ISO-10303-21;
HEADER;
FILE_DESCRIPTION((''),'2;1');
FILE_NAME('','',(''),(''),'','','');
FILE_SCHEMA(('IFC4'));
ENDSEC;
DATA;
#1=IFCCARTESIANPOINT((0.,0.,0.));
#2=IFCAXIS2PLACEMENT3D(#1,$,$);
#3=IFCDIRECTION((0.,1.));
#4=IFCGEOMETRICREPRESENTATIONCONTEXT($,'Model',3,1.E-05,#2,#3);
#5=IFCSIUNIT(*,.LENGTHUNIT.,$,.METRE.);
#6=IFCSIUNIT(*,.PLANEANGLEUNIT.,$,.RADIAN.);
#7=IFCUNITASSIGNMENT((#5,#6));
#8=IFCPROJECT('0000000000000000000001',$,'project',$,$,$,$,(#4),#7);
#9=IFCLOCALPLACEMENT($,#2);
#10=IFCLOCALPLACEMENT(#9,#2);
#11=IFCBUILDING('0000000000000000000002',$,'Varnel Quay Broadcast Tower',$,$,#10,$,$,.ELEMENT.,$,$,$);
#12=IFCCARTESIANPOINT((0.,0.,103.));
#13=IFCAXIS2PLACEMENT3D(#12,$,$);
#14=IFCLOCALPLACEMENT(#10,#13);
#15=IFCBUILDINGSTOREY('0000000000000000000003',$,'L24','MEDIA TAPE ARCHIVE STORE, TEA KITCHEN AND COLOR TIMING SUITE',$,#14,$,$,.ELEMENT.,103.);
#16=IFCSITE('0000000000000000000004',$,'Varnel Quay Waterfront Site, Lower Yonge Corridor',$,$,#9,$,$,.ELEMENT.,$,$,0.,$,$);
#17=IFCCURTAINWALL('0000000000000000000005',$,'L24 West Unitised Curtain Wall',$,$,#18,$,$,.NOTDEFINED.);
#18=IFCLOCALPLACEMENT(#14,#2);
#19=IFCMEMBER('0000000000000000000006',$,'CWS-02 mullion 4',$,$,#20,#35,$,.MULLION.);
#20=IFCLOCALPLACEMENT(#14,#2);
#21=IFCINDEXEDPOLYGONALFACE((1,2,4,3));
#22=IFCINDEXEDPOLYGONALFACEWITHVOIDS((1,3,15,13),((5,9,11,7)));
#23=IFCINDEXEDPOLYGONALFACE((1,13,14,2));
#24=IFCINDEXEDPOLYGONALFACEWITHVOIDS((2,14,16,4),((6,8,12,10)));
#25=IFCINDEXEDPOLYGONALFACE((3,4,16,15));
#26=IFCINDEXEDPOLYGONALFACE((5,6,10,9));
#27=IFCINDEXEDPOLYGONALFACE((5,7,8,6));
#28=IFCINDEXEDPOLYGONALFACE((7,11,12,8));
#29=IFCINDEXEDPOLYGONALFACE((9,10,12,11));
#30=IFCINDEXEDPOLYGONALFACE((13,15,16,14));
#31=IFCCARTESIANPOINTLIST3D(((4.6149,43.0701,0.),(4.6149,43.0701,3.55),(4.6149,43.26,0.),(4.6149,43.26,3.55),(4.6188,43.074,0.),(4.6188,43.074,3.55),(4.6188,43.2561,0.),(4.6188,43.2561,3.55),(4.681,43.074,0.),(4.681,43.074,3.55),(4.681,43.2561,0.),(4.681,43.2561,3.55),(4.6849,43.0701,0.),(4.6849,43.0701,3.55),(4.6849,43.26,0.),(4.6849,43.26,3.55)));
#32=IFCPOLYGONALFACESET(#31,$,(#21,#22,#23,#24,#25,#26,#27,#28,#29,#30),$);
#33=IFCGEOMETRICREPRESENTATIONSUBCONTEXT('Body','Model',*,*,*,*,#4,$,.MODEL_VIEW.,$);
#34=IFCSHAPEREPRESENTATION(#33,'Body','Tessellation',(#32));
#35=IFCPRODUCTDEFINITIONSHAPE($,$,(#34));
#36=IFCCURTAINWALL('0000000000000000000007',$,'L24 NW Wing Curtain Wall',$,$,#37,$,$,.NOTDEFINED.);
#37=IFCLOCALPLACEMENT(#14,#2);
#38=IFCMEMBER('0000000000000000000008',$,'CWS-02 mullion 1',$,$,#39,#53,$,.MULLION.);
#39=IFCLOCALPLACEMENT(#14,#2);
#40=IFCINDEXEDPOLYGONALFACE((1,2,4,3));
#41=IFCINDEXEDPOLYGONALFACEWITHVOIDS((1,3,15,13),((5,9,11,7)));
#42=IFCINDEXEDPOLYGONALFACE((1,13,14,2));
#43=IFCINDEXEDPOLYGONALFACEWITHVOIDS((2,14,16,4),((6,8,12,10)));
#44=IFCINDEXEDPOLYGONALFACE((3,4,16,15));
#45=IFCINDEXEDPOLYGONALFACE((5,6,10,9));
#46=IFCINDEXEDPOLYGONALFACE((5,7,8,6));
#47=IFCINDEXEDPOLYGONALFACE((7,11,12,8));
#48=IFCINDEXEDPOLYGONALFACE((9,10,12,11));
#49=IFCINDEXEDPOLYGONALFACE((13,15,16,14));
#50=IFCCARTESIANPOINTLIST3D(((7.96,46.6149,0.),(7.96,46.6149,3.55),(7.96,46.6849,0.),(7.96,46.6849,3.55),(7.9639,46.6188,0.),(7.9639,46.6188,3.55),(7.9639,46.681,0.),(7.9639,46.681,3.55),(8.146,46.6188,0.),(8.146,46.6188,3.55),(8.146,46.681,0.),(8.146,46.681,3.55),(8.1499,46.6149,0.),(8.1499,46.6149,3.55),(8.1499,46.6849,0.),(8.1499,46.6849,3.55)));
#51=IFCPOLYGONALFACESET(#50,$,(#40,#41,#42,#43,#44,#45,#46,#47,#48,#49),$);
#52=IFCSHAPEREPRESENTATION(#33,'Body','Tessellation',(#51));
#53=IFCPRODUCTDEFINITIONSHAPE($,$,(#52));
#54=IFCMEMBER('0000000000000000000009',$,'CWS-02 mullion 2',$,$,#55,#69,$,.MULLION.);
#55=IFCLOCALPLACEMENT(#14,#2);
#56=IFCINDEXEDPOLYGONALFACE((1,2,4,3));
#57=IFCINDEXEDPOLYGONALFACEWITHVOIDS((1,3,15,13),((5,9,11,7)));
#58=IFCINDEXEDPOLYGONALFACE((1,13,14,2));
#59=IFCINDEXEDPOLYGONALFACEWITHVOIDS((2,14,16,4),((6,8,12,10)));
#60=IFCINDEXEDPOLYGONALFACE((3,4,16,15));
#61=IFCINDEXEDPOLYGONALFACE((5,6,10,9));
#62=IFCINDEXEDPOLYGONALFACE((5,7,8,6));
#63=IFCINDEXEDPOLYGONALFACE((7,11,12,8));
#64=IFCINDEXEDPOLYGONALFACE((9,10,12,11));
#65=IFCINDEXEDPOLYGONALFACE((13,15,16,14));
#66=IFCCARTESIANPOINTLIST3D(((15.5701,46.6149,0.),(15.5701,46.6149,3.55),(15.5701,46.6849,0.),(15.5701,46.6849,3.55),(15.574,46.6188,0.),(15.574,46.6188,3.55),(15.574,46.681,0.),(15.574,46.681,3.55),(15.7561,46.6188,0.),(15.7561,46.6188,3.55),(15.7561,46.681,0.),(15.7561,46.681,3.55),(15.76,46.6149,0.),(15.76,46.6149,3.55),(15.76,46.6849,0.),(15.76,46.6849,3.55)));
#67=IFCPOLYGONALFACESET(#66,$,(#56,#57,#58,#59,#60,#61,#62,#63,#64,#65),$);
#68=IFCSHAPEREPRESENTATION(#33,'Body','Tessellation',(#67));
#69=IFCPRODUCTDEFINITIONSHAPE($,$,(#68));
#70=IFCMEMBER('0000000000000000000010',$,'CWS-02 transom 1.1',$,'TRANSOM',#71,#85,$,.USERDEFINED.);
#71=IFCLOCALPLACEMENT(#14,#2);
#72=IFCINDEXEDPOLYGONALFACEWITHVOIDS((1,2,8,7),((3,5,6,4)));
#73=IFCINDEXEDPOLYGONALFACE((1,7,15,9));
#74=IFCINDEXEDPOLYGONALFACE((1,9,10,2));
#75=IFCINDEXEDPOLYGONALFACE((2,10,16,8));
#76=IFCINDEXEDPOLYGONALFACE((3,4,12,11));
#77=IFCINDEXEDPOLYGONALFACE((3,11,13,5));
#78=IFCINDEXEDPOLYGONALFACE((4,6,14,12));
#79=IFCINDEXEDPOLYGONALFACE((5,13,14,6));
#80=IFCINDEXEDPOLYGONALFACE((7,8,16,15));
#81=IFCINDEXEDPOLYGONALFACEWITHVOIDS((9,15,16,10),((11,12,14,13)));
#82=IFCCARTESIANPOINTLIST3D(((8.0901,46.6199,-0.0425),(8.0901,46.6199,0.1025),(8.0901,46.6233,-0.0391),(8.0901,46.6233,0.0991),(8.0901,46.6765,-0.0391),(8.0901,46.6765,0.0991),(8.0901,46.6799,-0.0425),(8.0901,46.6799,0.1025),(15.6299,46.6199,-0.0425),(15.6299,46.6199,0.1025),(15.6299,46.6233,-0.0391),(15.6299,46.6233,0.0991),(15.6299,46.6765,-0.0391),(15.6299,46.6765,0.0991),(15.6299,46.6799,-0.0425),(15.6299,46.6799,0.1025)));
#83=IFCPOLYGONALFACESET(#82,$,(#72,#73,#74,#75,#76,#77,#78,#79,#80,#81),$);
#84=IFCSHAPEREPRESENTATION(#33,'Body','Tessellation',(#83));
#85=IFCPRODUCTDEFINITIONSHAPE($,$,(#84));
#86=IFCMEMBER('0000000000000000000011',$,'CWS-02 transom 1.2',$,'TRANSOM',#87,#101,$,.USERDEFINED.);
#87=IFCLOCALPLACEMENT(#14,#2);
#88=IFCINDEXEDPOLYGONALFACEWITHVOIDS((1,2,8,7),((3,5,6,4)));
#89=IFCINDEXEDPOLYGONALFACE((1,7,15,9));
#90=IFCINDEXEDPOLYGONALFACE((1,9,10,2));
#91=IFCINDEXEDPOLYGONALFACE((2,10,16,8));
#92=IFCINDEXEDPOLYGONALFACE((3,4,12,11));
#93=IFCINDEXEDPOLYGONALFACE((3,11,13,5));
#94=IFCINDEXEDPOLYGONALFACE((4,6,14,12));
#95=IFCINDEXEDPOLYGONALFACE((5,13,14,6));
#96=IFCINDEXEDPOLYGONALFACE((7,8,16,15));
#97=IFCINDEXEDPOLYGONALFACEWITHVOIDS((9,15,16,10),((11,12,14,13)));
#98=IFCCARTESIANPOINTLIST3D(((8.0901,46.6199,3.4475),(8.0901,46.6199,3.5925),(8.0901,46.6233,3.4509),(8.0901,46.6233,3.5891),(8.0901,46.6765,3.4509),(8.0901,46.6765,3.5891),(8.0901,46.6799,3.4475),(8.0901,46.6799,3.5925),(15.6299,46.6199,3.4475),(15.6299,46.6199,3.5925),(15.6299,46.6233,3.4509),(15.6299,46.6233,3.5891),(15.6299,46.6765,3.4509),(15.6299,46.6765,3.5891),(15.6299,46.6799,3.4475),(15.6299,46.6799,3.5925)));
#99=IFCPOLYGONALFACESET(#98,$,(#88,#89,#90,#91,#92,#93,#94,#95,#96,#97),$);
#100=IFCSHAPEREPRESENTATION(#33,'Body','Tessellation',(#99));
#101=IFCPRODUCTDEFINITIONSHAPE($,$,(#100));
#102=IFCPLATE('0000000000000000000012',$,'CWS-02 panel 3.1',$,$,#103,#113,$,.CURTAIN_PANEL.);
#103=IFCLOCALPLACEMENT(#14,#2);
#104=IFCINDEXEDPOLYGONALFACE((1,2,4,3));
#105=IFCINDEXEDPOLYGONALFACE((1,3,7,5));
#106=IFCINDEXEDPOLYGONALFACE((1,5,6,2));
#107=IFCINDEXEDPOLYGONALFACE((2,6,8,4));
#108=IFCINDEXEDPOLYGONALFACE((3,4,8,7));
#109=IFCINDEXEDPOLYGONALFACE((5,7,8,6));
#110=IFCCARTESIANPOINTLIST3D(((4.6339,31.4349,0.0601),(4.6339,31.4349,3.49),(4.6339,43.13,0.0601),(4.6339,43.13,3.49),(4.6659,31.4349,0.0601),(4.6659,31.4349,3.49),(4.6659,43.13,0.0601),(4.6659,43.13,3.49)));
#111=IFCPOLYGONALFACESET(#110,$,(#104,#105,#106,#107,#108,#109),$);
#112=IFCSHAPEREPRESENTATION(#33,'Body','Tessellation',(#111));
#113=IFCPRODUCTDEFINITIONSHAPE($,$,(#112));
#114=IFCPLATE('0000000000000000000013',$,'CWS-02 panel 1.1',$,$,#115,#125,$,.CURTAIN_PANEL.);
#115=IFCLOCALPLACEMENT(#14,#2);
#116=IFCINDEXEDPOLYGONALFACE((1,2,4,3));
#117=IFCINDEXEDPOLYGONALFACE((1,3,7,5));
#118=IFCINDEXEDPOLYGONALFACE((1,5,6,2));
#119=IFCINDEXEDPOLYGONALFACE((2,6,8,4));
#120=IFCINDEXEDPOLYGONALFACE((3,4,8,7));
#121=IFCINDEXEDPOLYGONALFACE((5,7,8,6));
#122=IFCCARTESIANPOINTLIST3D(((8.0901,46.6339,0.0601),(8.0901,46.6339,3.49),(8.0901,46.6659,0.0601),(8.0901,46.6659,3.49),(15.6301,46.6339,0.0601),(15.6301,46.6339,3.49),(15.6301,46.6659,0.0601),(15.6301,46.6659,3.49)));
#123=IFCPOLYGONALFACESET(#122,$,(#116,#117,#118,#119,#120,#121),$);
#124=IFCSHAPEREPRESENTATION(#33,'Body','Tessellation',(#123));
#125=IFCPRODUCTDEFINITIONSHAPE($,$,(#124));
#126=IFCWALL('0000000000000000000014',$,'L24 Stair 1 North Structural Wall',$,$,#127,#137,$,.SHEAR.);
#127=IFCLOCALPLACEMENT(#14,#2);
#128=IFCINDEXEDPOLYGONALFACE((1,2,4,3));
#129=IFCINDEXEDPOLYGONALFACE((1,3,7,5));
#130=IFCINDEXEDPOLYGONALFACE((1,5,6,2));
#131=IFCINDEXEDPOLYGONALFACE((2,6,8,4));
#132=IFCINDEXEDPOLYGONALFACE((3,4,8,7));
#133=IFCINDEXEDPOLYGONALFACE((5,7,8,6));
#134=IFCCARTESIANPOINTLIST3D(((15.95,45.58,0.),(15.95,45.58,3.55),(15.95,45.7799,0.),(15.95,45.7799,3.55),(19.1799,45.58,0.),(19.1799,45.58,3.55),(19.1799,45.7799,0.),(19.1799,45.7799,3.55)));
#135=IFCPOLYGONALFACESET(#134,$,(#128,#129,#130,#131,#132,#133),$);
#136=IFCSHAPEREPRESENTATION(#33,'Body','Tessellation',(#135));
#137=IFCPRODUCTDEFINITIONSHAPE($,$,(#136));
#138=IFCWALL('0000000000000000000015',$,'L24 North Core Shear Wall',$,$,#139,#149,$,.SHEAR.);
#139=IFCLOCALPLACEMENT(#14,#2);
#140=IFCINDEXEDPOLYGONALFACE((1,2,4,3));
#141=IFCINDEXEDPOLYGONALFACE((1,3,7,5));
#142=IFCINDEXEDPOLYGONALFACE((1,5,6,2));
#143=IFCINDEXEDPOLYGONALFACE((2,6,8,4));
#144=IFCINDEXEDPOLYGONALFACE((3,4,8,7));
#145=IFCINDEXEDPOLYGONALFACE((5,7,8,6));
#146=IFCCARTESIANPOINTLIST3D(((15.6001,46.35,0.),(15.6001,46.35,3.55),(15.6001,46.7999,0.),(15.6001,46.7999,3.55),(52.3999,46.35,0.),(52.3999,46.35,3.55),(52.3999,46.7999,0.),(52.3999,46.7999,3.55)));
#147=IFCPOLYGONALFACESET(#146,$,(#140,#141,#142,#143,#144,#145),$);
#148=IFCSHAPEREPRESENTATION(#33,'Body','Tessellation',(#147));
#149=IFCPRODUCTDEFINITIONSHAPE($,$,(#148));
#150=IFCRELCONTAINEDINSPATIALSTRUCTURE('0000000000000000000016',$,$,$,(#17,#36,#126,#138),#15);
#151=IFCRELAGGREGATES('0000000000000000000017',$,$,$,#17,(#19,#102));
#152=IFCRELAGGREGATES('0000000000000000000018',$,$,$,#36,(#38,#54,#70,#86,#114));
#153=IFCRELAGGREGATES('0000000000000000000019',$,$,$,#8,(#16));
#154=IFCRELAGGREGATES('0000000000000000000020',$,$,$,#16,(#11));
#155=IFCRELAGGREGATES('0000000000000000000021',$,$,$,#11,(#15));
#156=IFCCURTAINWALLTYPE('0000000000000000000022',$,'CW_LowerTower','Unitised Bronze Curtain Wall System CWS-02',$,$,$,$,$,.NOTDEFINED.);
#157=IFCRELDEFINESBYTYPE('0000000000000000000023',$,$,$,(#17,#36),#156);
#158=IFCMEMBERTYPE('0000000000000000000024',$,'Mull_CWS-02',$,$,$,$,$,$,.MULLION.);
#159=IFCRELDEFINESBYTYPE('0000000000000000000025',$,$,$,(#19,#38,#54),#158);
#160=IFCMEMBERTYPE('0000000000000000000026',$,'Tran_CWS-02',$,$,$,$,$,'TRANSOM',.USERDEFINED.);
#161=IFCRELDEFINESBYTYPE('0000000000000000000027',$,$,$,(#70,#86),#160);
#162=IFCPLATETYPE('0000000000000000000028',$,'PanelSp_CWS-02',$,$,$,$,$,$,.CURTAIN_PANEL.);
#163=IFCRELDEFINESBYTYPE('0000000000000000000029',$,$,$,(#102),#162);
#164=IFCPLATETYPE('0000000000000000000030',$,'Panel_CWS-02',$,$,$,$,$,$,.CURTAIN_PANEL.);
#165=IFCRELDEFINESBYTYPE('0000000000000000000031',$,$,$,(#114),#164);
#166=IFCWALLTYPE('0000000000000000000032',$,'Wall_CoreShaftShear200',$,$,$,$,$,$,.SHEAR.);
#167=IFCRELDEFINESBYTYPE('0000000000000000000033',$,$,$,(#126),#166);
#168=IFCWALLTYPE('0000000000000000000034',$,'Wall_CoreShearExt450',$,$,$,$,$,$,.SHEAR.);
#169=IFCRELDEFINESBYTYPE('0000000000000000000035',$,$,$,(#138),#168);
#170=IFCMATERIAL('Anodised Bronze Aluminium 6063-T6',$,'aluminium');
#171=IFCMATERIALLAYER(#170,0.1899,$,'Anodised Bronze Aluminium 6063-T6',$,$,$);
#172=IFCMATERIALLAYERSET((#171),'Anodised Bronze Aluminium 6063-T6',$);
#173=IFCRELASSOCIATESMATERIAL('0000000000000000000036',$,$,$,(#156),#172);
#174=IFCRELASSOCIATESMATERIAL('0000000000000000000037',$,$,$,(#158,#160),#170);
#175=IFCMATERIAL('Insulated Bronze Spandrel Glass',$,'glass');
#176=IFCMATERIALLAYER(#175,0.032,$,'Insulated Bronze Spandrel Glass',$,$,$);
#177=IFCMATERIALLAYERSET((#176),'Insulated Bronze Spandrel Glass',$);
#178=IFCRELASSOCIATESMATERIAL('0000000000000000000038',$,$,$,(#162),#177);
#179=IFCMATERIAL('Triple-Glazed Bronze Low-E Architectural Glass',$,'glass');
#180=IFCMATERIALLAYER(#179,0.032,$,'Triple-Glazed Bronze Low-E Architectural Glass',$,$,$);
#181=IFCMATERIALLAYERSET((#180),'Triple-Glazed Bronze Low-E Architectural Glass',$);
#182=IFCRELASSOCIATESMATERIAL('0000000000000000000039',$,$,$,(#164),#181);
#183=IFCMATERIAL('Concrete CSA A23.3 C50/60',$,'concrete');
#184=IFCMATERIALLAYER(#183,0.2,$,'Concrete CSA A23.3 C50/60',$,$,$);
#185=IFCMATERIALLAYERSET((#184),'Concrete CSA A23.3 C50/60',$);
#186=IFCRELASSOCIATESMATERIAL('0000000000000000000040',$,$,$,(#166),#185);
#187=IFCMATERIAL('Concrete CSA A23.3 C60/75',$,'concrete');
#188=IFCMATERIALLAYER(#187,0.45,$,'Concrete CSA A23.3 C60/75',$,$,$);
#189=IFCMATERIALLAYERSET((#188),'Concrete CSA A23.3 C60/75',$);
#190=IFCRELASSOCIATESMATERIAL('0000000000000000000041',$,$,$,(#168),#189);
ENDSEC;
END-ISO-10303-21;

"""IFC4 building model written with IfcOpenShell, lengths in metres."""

from ifc_helpers import new_model, si_unit, direction, frame, frame_2d, origin, origin_2d, place, context, subcontext, project, spatial, rectangle, hollow_rectangle, extrude, source, transform, mapped, material, layer, layer_set, material_profile, profile_set, type_object, type_shapes, element, aggregate, save


model = new_model("IFC4")

# Units and contexts
model_context = context("Model", 3, precision=1e-05, world=origin(), true_north=direction((0.0, 1.0)))
body_context = subcontext(model_context, "Body", "Model", "MODEL_VIEW")
ifc_project = project(units=[si_unit("LENGTHUNIT", "METRE"), si_unit("PLANEANGLEUNIT", "RADIAN")], contexts=[model_context])

# Site, building, storey
site_placement = place(None, origin())
site = spatial("IfcSite", under=ifc_project, at=site_placement, Name="Varnel Quay Waterfront Site, Lower Yonge Corridor", CompositionType="ELEMENT", RefElevation=0.0)
building_placement = place(site_placement, origin())
building = spatial("IfcBuilding", under=site, at=building_placement, Name="Varnel Quay Broadcast Tower", CompositionType="ELEMENT")
storey_placement = place(building_placement, frame((0.0, 0.0, 103.0)))
storey = spatial("IfcBuildingStorey", under=building, at=storey_placement, Name="L24", Description="MEDIA TAPE ARCHIVE STORE, TEA KITCHEN AND COLOR TIMING SUITE", CompositionType="ELEMENT", Elevation=103.0)

# Curtain wall, member
ifc_material_1 = material(Name="Anodised Bronze Aluminium 6063-T6", Category="aluminium")
ifc_layer_1 = layer(ifc_material_1, 0.1899, Name="Anodised Bronze Aluminium 6063-T6")
ifc_layer_set_1 = layer_set([ifc_layer_1], Name="Anodised Bronze Aluminium 6063-T6")
curtain_wall_type = type_object("IfcCurtainWallType", Name="CW_LowerTower", Description="Unitised Bronze Curtain Wall System CWS-02", PredefinedType="NOTDEFINED", material=ifc_layer_set_1)
curtain_wall_1_placement = place(storey_placement, origin())
curtain_wall_1 = element("IfcCurtainWall", 1, at=curtain_wall_1_placement, inside=storey, type_object=curtain_wall_type, Name="L24 West Unitised Curtain Wall", PredefinedType="NOTDEFINED")
ifc_material_profile_1 = material_profile(ifc_material_1, hollow_rectangle(XDim=0.0701, YDim=0.1899, WallThickness=0.0039, at=origin_2d()), Name="ALU70X190X4")
ifc_profile_set_1 = profile_set([ifc_material_profile_1], Name="Anodised Bronze Aluminium 6063-T6")
member_type_1 = type_object("IfcMemberType", Name="Mull_CWS-02", PredefinedType="MULLION", material=ifc_profile_set_1)
shared_shape_1 = source(origin(), body_context, "Body", "SweptSolid", [
    extrude(hollow_rectangle(XDim=0.0701, YDim=0.1899, WallThickness=0.0039, at=origin_2d()), origin(), (0.0, 0.0, 1.0), 3.55),
])
type_shapes(member_type_1, [shared_shape_1])
member_1_placement = place(storey_placement, frame((4.6499, 43.165, 0.0), z_axis=(0.0, 0.0, 1.0), x_axis=(-1.0, 0.0, 0.0)))
member_1 = element("IfcMember", 2, at=member_1_placement, type_object=member_type_1, Name="CWS-02 mullion 4", PredefinedType="MULLION", context=body_context, shape_type="MappedRepresentation", body=[
    mapped(shared_shape_1, transform((0.0, 0.0, 0.0), x_axis=(1.0, 0.0, 0.0), y_axis=(0.0, 1.0, 0.0), z_axis=(0.0, 0.0, 1.0), scale=1.0)),
])

# Curtain wall, members
curtain_wall_2_placement = place(storey_placement, origin())
curtain_wall_2 = element("IfcCurtainWall", 3, at=curtain_wall_2_placement, inside=storey, type_object=curtain_wall_type, Name="L24 NW Wing Curtain Wall", PredefinedType="NOTDEFINED")
member_2_placement = place(storey_placement, frame((8.0549, 46.6499, 0.0), z_axis=(0.0, 0.0, 1.0), x_axis=(0.0, 1.0, 0.0)))
member_2 = element("IfcMember", 4, at=member_2_placement, type_object=member_type_1, Name="CWS-02 mullion 1", PredefinedType="MULLION", context=body_context, shape_type="MappedRepresentation", body=[
    mapped(shared_shape_1, transform((0.0, 0.0, 0.0), x_axis=(1.0, 0.0, 0.0), y_axis=(0.0, 1.0, 0.0), z_axis=(0.0, 0.0, 1.0), scale=1.0)),
])
member_3_placement = place(storey_placement, frame((15.665, 46.6499, 0.0), z_axis=(0.0, 0.0, 1.0), x_axis=(0.0, 1.0, 0.0)))
member_3 = element("IfcMember", 5, at=member_3_placement, type_object=member_type_1, Name="CWS-02 mullion 2", PredefinedType="MULLION", context=body_context, shape_type="MappedRepresentation", body=[
    mapped(shared_shape_1, transform((0.0, 0.0, 0.0), x_axis=(1.0, 0.0, 0.0), y_axis=(0.0, 1.0, 0.0), z_axis=(0.0, 0.0, 1.0), scale=1.0)),
])
ifc_material_profile_2 = material_profile(ifc_material_1, hollow_rectangle(XDim=0.0601, YDim=0.145, WallThickness=0.0034, at=origin_2d()), Name="ALU60X145X3.5")
ifc_profile_set_2 = profile_set([ifc_material_profile_2], Name="Anodised Bronze Aluminium 6063-T6")
member_type_2 = type_object("IfcMemberType", Name="Tran_CWS-02", ElementType="TRANSOM", PredefinedType="USERDEFINED", material=ifc_profile_set_2)
shared_shape_2 = source(origin(), body_context, "Body", "SweptSolid", [
    extrude(hollow_rectangle(XDim=0.0601, YDim=0.145, WallThickness=0.0034, at=origin_2d()), origin(), (0.0, 0.0, 1.0), 7.5398),
])
type_shapes(member_type_2, [shared_shape_2])
member_4_placement = place(storey_placement, frame((8.0901, 46.6499, 0.03), z_axis=(1.0, 0.0, 0.0), x_axis=(0.0, 1.0, 0.0)))
member_4 = element("IfcMember", 6, at=member_4_placement, type_object=member_type_2, Name="CWS-02 transom 1.1", ObjectType="TRANSOM", PredefinedType="USERDEFINED", context=body_context, shape_type="MappedRepresentation", body=[
    mapped(shared_shape_2, transform((0.0, 0.0, 0.0), x_axis=(1.0, 0.0, 0.0), y_axis=(0.0, 1.0, 0.0), z_axis=(0.0, 0.0, 1.0), scale=1.0)),
])
member_5_placement = place(storey_placement, frame((8.0901, 46.6499, 3.52), z_axis=(1.0, 0.0, 0.0), x_axis=(0.0, 1.0, 0.0)))
member_5 = element("IfcMember", 7, at=member_5_placement, type_object=member_type_2, Name="CWS-02 transom 1.2", ObjectType="TRANSOM", PredefinedType="USERDEFINED", context=body_context, shape_type="MappedRepresentation", body=[
    mapped(shared_shape_2, transform((0.0, 0.0, 0.0), x_axis=(1.0, 0.0, 0.0), y_axis=(0.0, 1.0, 0.0), z_axis=(0.0, 0.0, 1.0), scale=1.0)),
])

# Plates
ifc_material_2 = material(Name="Insulated Bronze Spandrel Glass", Category="glass")
ifc_layer_2 = layer(ifc_material_2, 0.032, Name="Insulated Bronze Spandrel Glass")
ifc_layer_set_2 = layer_set([ifc_layer_2], Name="Insulated Bronze Spandrel Glass")
plate_type_1 = type_object("IfcPlateType", Name="PanelSp_CWS-02", PredefinedType="CURTAIN_PANEL", material=ifc_layer_set_2)
shared_shape_3 = source(origin(), body_context, "Body", "SweptSolid", [
    extrude(rectangle(XDim=11.6951, YDim=0.032, at=origin_2d()), origin(), (0.0, 0.0, 1.0), 3.4299),
])
type_shapes(plate_type_1, [shared_shape_3])
plate_1_placement = place(storey_placement, frame((4.6499, 37.2825, 0.0601), z_axis=(0.0, 0.0, 1.0), x_axis=(0.0, 1.0, 0.0)))
plate_1 = element("IfcPlate", 8, at=plate_1_placement, type_object=plate_type_1, Name="CWS-02 panel 3.1", PredefinedType="CURTAIN_PANEL", context=body_context, shape_type="MappedRepresentation", body=[
    mapped(shared_shape_3, transform((0.0, 0.0, 0.0), x_axis=(1.0, 0.0, 0.0), y_axis=(0.0, 1.0, 0.0), z_axis=(0.0, 0.0, 1.0), scale=1.0)),
])
aggregate(curtain_wall_1, [member_1, plate_1])
ifc_material_3 = material(Name="Triple-Glazed Bronze Low-E Architectural Glass", Category="glass")
ifc_layer_3 = layer(ifc_material_3, 0.032, Name="Triple-Glazed Bronze Low-E Architectural Glass")
ifc_layer_set_3 = layer_set([ifc_layer_3], Name="Triple-Glazed Bronze Low-E Architectural Glass")
plate_type_2 = type_object("IfcPlateType", Name="Panel_CWS-02", PredefinedType="CURTAIN_PANEL", material=ifc_layer_set_3)
shared_shape_4 = source(origin(), body_context, "Body", "SweptSolid", [
    extrude(rectangle(XDim=7.54, YDim=0.032, at=origin_2d()), origin(), (0.0, 0.0, 1.0), 3.4299),
])
type_shapes(plate_type_2, [shared_shape_4])
plate_2_placement = place(storey_placement, frame((11.8601, 46.6499, 0.0601), z_axis=(0.0, 0.0, 1.0), x_axis=(1.0, 0.0, 0.0)))
plate_2 = element("IfcPlate", 9, at=plate_2_placement, type_object=plate_type_2, Name="CWS-02 panel 1.1", PredefinedType="CURTAIN_PANEL", context=body_context, shape_type="MappedRepresentation", body=[
    mapped(shared_shape_4, transform((0.0, 0.0, 0.0), x_axis=(1.0, 0.0, 0.0), y_axis=(0.0, 1.0, 0.0), z_axis=(0.0, 0.0, 1.0), scale=1.0)),
])
aggregate(curtain_wall_2, [member_2, member_3, member_4, member_5, plate_2])

# Walls
ifc_material_4 = material(Name="Concrete CSA A23.3 C50/60", Category="concrete")
ifc_layer_4 = layer(ifc_material_4, 0.2, Name="Concrete CSA A23.3 C50/60")
ifc_layer_set_4 = layer_set([ifc_layer_4], Name="Concrete CSA A23.3 C50/60")
wall_type_1 = type_object("IfcWallType", Name="Wall_CoreShaftShear200", PredefinedType="SHEAR", material=ifc_layer_set_4)
wall_1_placement = place(storey_placement, frame((15.95, 45.6799, 0.0), z_axis=(0.0, 0.0, 1.0), x_axis=(1.0, 0.0, 0.0)))
element("IfcWall", 10, at=wall_1_placement, inside=storey, type_object=wall_type_1, Name="L24 Stair 1 North Structural Wall", PredefinedType="SHEAR", context=body_context, shape_type="SweptSolid", body=[
    extrude(rectangle(XDim=3.23, YDim=0.2, at=frame_2d((1.615, 0.0))), origin(), (0.0, 0.0, 1.0), 3.55),
])
ifc_material_5 = material(Name="Concrete CSA A23.3 C60/75", Category="concrete")
ifc_layer_5 = layer(ifc_material_5, 0.45, Name="Concrete CSA A23.3 C60/75")
ifc_layer_set_5 = layer_set([ifc_layer_5], Name="Concrete CSA A23.3 C60/75")
wall_type_2 = type_object("IfcWallType", Name="Wall_CoreShearExt450", PredefinedType="SHEAR", material=ifc_layer_set_5)
wall_2_placement = place(storey_placement, frame((15.6001, 46.575, 0.0), z_axis=(0.0, 0.0, 1.0), x_axis=(1.0, 0.0, 0.0)))
element("IfcWall", 11, at=wall_2_placement, inside=storey, type_object=wall_type_2, Name="L24 North Core Shear Wall", PredefinedType="SHEAR", context=body_context, shape_type="SweptSolid", body=[
    extrude(rectangle(XDim=36.7998, YDim=0.45, at=frame_2d((18.3999, 0.0))), origin(), (0.0, 0.0, 1.0), 3.55),
])

save(model, "model.ifc")
